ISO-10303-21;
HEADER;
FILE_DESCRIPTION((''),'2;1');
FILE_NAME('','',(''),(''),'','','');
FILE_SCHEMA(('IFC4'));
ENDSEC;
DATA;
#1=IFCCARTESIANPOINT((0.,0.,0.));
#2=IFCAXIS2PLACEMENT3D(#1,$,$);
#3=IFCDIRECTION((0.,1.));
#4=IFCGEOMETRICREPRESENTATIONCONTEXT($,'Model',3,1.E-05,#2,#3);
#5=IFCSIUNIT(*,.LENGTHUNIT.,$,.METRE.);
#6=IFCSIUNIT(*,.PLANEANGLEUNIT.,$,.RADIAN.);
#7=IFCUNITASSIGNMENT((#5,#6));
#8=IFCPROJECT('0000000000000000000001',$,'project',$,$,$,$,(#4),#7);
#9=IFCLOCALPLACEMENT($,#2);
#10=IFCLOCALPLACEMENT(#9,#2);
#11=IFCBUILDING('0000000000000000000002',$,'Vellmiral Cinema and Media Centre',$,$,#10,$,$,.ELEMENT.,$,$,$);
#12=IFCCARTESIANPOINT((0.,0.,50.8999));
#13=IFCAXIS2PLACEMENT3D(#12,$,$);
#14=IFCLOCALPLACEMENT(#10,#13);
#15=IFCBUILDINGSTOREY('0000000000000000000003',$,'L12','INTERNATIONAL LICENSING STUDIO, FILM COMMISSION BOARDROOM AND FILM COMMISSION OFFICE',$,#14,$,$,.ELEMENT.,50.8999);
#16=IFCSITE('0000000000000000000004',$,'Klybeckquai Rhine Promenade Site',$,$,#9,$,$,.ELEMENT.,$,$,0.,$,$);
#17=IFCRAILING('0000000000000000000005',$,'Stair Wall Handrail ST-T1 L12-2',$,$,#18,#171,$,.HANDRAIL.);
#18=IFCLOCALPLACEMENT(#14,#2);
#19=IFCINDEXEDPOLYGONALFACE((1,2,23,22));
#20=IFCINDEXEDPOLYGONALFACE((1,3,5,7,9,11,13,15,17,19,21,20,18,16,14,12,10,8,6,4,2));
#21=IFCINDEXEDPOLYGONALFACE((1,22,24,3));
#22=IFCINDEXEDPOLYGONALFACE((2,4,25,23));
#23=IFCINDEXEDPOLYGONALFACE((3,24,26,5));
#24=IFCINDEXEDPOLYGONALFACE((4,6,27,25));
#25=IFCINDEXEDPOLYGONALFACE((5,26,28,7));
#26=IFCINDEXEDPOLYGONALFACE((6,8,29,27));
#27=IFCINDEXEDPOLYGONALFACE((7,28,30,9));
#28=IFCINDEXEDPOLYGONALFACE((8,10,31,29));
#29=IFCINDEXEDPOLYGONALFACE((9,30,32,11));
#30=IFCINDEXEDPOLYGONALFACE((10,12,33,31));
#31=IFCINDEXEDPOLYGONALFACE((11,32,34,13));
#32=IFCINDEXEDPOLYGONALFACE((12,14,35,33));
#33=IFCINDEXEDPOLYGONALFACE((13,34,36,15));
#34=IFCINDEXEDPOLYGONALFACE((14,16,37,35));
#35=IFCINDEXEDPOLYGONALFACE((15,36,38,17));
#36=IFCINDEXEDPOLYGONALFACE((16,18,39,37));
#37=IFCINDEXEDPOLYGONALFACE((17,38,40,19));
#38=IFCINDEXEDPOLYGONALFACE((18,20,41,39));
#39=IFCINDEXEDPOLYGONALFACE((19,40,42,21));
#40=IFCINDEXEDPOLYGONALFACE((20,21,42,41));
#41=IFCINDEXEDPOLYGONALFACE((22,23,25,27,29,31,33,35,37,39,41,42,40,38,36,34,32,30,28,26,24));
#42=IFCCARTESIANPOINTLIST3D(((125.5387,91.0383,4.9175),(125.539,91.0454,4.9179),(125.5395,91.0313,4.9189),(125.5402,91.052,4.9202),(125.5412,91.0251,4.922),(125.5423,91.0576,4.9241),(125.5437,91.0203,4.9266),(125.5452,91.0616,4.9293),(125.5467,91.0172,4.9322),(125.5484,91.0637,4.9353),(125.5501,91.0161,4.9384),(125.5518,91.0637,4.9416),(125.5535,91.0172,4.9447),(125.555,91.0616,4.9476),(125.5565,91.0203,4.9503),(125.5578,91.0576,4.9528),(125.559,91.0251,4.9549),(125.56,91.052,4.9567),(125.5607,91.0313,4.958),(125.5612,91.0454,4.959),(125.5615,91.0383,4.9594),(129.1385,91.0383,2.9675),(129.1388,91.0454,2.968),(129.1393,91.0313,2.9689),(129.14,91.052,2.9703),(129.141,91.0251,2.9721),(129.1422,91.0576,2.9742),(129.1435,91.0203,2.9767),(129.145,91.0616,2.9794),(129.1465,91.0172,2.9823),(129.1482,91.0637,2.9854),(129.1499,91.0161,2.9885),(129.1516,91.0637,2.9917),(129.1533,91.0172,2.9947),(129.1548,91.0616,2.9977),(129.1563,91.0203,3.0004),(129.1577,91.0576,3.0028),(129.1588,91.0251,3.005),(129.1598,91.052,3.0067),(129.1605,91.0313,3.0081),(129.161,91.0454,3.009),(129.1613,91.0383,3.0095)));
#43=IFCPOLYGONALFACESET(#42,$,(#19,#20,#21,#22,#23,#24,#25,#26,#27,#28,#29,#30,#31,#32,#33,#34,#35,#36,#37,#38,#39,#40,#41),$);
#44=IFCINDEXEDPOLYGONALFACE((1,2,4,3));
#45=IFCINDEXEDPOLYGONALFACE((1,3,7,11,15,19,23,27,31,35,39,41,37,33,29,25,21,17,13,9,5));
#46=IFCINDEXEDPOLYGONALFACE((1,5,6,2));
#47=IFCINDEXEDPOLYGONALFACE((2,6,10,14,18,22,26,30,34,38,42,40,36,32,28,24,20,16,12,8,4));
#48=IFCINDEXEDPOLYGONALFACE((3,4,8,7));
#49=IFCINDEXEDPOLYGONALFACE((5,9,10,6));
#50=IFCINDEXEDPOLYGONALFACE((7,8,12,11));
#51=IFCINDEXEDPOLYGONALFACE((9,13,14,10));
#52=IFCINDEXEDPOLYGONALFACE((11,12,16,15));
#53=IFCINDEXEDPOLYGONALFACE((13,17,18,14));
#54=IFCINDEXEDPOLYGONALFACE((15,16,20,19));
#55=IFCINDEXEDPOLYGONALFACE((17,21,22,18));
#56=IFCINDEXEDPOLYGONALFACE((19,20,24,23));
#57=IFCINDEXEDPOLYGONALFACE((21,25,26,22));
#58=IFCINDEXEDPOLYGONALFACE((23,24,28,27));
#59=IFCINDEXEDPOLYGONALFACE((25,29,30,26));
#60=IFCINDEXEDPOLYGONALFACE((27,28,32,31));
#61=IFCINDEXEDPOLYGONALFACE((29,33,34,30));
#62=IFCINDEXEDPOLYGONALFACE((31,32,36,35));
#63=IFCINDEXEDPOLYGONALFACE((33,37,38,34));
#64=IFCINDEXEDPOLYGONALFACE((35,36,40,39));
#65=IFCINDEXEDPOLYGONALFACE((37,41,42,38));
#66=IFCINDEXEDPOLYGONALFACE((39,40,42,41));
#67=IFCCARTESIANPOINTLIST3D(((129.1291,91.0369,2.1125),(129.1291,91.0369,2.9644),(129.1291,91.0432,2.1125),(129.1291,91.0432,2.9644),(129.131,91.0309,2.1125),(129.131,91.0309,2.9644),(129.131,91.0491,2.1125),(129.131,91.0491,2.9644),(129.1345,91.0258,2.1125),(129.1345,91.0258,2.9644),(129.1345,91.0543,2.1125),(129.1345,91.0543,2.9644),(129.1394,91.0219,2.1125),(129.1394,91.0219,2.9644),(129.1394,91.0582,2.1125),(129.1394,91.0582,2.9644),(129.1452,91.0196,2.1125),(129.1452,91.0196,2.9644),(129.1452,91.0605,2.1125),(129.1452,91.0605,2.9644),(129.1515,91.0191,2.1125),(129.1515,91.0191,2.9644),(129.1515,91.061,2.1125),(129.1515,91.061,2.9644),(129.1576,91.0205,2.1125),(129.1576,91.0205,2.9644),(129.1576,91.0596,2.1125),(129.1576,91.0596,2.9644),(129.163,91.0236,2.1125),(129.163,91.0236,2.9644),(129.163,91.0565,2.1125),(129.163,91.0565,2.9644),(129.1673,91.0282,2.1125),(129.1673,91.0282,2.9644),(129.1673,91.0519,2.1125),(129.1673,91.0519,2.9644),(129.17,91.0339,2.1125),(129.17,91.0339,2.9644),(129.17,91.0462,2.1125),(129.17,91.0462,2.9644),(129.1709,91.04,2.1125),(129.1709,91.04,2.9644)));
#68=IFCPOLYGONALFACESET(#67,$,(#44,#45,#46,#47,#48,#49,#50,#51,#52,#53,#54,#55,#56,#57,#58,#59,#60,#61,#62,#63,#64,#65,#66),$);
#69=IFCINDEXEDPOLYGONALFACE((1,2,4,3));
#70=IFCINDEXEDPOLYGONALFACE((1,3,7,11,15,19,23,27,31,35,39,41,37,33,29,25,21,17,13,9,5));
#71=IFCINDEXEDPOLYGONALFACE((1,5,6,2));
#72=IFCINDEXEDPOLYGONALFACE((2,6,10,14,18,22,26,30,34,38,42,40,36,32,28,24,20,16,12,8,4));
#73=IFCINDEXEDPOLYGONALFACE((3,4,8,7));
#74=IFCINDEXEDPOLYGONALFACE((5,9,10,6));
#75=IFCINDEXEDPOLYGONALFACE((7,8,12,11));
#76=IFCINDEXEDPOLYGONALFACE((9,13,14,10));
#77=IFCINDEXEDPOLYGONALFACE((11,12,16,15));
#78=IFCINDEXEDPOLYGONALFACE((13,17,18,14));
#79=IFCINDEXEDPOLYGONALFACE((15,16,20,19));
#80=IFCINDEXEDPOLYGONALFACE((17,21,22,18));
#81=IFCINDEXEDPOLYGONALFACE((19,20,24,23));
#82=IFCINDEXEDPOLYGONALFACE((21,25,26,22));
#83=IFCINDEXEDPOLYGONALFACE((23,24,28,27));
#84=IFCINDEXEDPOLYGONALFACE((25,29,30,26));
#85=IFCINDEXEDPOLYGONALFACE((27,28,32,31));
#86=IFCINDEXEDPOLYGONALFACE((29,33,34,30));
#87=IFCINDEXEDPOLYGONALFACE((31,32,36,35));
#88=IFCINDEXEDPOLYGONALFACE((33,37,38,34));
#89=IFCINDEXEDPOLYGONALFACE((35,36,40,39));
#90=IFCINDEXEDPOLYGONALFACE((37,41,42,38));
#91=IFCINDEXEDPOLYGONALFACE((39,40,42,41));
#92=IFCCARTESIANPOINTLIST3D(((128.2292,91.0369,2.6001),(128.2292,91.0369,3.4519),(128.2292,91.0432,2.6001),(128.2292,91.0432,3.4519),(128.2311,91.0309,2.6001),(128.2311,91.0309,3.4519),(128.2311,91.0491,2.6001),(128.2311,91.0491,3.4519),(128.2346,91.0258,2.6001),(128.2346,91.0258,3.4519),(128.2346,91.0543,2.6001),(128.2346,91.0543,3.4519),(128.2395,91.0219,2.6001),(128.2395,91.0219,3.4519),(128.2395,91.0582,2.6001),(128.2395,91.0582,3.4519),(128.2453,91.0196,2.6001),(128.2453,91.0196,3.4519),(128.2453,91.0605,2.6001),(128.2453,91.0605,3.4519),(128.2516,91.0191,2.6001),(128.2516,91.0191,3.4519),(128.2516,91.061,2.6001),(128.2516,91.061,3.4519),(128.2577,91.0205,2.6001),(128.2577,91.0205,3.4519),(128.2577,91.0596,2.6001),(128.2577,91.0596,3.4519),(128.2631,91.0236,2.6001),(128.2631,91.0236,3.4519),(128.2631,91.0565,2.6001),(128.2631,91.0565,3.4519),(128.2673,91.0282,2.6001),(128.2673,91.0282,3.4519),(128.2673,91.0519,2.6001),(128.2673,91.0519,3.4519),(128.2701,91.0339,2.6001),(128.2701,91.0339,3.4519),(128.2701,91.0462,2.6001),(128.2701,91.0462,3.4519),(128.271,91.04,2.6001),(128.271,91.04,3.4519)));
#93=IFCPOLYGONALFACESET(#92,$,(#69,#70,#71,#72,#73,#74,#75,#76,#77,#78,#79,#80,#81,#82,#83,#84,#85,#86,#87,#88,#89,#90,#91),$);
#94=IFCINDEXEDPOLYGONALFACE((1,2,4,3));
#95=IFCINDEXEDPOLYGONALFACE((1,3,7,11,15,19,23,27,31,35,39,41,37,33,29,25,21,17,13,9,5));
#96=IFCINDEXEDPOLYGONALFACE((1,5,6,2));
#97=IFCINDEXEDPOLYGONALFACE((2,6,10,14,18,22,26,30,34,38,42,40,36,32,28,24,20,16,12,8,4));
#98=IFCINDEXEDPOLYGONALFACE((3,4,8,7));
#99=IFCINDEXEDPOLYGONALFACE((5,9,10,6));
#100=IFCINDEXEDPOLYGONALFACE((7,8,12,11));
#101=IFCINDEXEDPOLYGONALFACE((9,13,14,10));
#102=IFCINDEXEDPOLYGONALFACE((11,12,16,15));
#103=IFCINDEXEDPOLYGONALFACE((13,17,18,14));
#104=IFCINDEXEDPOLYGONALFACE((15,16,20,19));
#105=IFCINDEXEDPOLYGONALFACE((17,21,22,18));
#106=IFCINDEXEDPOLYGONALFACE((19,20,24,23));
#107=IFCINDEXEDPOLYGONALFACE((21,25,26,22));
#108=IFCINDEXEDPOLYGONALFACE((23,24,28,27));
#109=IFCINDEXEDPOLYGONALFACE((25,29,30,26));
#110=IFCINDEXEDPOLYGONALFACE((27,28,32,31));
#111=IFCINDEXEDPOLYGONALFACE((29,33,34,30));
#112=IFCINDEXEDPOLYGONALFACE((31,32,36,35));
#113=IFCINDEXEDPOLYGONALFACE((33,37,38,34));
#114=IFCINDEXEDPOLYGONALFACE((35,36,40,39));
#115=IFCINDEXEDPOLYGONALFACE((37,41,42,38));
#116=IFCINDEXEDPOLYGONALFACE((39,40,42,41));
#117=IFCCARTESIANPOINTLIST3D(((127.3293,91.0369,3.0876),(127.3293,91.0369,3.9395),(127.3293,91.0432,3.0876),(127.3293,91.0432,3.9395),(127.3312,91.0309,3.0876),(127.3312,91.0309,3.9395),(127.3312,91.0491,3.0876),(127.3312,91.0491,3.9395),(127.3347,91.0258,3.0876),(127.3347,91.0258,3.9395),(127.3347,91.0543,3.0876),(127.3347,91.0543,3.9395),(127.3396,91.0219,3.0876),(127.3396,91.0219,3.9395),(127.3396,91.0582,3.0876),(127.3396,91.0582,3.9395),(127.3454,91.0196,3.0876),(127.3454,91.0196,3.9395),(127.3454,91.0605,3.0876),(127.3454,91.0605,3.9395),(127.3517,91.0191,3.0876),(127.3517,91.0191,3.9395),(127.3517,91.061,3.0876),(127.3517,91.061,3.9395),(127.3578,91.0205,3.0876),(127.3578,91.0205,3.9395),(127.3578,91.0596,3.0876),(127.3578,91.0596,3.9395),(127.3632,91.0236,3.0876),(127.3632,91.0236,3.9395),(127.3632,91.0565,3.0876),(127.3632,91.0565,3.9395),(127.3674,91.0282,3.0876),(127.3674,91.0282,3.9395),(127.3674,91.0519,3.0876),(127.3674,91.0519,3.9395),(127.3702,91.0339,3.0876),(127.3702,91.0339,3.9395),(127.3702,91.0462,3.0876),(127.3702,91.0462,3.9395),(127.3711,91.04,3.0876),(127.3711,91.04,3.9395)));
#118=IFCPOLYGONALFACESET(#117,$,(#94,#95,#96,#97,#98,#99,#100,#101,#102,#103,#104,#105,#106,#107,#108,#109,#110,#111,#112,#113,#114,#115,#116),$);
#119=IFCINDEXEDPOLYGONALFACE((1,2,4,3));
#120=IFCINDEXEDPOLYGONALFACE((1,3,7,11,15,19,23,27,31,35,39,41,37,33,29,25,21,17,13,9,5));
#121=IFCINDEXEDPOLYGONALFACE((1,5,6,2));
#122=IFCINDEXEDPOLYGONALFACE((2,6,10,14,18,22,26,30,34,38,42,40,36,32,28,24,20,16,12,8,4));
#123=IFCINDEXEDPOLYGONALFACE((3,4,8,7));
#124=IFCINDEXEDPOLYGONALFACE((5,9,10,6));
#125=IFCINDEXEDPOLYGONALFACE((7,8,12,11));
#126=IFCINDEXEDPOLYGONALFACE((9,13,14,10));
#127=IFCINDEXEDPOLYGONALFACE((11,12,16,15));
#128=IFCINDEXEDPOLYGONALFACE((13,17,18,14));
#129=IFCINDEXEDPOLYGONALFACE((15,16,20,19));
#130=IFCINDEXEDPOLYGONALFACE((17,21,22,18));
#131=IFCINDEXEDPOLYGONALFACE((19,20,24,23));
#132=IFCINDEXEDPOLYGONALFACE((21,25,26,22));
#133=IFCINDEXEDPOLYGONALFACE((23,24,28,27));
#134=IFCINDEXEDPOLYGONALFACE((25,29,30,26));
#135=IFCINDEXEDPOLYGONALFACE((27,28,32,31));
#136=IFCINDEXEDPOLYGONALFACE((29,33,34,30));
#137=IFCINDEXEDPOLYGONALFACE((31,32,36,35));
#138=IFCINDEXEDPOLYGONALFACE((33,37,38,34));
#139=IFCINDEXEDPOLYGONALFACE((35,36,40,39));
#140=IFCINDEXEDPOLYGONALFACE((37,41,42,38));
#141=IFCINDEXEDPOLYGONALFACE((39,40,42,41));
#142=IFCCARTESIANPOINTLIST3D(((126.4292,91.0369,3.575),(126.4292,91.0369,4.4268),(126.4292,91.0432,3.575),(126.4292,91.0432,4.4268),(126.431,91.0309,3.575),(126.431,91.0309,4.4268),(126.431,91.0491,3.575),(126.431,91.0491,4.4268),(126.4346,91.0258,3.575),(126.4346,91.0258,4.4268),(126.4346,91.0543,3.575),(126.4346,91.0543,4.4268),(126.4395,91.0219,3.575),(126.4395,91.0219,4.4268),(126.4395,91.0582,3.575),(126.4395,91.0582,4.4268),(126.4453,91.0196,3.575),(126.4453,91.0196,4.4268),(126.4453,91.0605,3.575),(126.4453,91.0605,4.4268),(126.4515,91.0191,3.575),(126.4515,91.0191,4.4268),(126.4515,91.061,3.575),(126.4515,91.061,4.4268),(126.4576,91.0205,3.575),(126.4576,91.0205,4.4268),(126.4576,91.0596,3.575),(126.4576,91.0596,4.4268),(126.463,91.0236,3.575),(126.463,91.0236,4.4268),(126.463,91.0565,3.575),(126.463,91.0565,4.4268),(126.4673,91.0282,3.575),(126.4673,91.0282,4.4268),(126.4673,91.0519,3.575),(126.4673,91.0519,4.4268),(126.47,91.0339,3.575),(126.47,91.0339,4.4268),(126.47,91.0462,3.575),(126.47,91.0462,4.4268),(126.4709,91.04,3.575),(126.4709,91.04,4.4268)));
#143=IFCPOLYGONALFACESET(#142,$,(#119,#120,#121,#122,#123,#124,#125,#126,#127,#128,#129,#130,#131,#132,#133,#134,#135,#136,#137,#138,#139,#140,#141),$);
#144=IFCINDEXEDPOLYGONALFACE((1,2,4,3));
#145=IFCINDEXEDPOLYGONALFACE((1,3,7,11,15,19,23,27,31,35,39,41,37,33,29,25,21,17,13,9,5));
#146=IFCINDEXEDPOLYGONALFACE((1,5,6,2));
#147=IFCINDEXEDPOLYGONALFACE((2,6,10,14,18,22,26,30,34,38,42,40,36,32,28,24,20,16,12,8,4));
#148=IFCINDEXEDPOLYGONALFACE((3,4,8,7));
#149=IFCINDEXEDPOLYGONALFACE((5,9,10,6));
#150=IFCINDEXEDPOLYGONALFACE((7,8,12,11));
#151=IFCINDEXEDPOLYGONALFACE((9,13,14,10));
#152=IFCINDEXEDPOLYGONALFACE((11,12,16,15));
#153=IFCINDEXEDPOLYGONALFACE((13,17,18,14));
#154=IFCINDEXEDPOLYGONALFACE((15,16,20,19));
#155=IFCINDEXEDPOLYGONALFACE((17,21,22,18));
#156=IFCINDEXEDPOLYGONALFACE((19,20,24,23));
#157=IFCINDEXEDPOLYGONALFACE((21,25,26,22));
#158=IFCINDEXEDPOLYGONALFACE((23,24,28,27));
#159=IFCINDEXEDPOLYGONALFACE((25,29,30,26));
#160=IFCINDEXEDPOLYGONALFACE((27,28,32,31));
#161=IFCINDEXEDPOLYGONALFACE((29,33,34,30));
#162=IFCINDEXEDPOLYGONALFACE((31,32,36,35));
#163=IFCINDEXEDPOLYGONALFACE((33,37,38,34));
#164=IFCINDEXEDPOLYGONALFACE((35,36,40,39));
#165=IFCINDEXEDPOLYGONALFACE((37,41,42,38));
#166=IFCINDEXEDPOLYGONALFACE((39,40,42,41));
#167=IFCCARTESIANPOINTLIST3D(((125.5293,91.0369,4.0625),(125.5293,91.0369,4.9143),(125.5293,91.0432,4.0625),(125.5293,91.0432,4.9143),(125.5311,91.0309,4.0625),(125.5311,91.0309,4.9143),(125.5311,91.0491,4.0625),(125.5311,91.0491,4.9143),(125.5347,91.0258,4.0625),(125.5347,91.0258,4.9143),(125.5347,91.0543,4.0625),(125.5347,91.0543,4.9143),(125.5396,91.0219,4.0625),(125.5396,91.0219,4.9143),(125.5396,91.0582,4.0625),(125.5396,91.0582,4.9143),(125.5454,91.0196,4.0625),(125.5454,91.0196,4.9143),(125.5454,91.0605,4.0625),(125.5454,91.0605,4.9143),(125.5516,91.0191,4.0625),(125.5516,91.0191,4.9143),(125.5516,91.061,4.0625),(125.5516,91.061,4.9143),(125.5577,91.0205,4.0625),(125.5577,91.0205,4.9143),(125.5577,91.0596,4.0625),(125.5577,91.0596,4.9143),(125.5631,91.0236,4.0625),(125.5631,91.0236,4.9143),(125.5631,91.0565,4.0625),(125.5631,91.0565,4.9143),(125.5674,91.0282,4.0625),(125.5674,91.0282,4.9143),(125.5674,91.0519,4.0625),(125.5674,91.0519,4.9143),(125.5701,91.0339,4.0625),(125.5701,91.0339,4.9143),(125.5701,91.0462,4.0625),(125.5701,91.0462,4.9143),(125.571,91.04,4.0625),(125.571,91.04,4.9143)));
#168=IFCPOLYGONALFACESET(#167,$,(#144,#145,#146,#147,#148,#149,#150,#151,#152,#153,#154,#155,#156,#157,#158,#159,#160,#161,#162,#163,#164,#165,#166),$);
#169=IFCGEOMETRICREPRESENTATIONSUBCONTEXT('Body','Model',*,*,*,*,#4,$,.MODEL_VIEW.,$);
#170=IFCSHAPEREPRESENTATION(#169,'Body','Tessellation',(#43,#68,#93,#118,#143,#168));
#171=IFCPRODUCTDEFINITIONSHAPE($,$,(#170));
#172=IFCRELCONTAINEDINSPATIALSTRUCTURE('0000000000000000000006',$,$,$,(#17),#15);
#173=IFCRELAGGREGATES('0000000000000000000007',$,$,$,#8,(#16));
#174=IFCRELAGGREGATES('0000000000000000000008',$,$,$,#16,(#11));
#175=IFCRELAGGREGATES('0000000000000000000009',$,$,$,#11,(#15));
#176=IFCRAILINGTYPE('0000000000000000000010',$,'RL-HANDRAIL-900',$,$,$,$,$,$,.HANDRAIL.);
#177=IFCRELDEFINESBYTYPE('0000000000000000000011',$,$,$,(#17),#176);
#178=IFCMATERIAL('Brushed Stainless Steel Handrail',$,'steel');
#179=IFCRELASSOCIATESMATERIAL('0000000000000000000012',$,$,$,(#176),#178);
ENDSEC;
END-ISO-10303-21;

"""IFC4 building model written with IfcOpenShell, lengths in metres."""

from ifc_helpers import new_model, si_unit, direction, frame, origin, origin_2d, place, context, subcontext, project, spatial, circle, extrude, material, type_object, element, save


model = new_model("IFC4")

# Units and contexts
model_context = context("Model", 3, precision=1e-05, world=origin(), true_north=direction((0.0, 1.0)))
body_context = subcontext(model_context, "Body", "Model", "MODEL_VIEW")
ifc_project = project(units=[si_unit("LENGTHUNIT", "METRE"), si_unit("PLANEANGLEUNIT", "RADIAN")], contexts=[model_context])

# Site, building, storey
site_placement = place(None, origin())
site = spatial("IfcSite", under=ifc_project, at=site_placement, Name="Klybeckquai Rhine Promenade Site", CompositionType="ELEMENT", RefElevation=0.0)
building_placement = place(site_placement, origin())
building = spatial("IfcBuilding", under=site, at=building_placement, Name="Vellmiral Cinema and Media Centre", CompositionType="ELEMENT")
storey_placement = place(building_placement, frame((0.0, 0.0, 50.8999)))
storey = spatial("IfcBuildingStorey", under=building, at=storey_placement, Name="L12", Description="INTERNATIONAL LICENSING STUDIO, FILM COMMISSION BOARDROOM AND FILM COMMISSION OFFICE", CompositionType="ELEMENT", Elevation=50.8999)

# Railing
ifc_material_1 = material(Name="Brushed Stainless Steel Handrail", Category="steel")
railing_type_1 = type_object("IfcRailingType", Name="RL-HANDRAIL-900", PredefinedType="HANDRAIL", material=ifc_material_1)
railing_1_placement = place(storey_placement, frame((129.1499, 91.04, 2.1125)))
element("IfcRailing", 1, at=railing_1_placement, inside=storey, type_object=railing_type_1, Name="Stair Wall Handrail ST-T1 L12-2", PredefinedType="HANDRAIL", context=body_context, shape_type="SweptSolid", body=[
    extrude(circle(Radius=0.0239, at=origin_2d()), frame((0.0, 0.0, 0.876), z_axis=(-0.879289, 0.0, 0.476289), x_axis=(0.0, -1.0, 0.0)), (0.0, 0.0, 1.0), 4.094),
    extrude(circle(Radius=0.021, at=origin_2d()), origin(), (0.0, 0.0, 1.0), 0.8518),
    extrude(circle(Radius=0.021, at=origin_2d()), frame((-0.8999, 0.0, 0.4875)), (0.0, 0.0, 1.0), 0.8518),
    extrude(circle(Radius=0.021, at=origin_2d()), frame((-1.7998, 0.0, 0.9751)), (0.0, 0.0, 1.0), 0.8518),
    extrude(circle(Radius=0.021, at=origin_2d()), frame((-2.7, 0.0, 1.4624)), (0.0, 0.0, 1.0), 0.8518),
    extrude(circle(Radius=0.021, at=origin_2d()), frame((-3.5999, 0.0, 1.95)), (0.0, 0.0, 1.0), 0.8518),
])

save(model, "model.ifc")
